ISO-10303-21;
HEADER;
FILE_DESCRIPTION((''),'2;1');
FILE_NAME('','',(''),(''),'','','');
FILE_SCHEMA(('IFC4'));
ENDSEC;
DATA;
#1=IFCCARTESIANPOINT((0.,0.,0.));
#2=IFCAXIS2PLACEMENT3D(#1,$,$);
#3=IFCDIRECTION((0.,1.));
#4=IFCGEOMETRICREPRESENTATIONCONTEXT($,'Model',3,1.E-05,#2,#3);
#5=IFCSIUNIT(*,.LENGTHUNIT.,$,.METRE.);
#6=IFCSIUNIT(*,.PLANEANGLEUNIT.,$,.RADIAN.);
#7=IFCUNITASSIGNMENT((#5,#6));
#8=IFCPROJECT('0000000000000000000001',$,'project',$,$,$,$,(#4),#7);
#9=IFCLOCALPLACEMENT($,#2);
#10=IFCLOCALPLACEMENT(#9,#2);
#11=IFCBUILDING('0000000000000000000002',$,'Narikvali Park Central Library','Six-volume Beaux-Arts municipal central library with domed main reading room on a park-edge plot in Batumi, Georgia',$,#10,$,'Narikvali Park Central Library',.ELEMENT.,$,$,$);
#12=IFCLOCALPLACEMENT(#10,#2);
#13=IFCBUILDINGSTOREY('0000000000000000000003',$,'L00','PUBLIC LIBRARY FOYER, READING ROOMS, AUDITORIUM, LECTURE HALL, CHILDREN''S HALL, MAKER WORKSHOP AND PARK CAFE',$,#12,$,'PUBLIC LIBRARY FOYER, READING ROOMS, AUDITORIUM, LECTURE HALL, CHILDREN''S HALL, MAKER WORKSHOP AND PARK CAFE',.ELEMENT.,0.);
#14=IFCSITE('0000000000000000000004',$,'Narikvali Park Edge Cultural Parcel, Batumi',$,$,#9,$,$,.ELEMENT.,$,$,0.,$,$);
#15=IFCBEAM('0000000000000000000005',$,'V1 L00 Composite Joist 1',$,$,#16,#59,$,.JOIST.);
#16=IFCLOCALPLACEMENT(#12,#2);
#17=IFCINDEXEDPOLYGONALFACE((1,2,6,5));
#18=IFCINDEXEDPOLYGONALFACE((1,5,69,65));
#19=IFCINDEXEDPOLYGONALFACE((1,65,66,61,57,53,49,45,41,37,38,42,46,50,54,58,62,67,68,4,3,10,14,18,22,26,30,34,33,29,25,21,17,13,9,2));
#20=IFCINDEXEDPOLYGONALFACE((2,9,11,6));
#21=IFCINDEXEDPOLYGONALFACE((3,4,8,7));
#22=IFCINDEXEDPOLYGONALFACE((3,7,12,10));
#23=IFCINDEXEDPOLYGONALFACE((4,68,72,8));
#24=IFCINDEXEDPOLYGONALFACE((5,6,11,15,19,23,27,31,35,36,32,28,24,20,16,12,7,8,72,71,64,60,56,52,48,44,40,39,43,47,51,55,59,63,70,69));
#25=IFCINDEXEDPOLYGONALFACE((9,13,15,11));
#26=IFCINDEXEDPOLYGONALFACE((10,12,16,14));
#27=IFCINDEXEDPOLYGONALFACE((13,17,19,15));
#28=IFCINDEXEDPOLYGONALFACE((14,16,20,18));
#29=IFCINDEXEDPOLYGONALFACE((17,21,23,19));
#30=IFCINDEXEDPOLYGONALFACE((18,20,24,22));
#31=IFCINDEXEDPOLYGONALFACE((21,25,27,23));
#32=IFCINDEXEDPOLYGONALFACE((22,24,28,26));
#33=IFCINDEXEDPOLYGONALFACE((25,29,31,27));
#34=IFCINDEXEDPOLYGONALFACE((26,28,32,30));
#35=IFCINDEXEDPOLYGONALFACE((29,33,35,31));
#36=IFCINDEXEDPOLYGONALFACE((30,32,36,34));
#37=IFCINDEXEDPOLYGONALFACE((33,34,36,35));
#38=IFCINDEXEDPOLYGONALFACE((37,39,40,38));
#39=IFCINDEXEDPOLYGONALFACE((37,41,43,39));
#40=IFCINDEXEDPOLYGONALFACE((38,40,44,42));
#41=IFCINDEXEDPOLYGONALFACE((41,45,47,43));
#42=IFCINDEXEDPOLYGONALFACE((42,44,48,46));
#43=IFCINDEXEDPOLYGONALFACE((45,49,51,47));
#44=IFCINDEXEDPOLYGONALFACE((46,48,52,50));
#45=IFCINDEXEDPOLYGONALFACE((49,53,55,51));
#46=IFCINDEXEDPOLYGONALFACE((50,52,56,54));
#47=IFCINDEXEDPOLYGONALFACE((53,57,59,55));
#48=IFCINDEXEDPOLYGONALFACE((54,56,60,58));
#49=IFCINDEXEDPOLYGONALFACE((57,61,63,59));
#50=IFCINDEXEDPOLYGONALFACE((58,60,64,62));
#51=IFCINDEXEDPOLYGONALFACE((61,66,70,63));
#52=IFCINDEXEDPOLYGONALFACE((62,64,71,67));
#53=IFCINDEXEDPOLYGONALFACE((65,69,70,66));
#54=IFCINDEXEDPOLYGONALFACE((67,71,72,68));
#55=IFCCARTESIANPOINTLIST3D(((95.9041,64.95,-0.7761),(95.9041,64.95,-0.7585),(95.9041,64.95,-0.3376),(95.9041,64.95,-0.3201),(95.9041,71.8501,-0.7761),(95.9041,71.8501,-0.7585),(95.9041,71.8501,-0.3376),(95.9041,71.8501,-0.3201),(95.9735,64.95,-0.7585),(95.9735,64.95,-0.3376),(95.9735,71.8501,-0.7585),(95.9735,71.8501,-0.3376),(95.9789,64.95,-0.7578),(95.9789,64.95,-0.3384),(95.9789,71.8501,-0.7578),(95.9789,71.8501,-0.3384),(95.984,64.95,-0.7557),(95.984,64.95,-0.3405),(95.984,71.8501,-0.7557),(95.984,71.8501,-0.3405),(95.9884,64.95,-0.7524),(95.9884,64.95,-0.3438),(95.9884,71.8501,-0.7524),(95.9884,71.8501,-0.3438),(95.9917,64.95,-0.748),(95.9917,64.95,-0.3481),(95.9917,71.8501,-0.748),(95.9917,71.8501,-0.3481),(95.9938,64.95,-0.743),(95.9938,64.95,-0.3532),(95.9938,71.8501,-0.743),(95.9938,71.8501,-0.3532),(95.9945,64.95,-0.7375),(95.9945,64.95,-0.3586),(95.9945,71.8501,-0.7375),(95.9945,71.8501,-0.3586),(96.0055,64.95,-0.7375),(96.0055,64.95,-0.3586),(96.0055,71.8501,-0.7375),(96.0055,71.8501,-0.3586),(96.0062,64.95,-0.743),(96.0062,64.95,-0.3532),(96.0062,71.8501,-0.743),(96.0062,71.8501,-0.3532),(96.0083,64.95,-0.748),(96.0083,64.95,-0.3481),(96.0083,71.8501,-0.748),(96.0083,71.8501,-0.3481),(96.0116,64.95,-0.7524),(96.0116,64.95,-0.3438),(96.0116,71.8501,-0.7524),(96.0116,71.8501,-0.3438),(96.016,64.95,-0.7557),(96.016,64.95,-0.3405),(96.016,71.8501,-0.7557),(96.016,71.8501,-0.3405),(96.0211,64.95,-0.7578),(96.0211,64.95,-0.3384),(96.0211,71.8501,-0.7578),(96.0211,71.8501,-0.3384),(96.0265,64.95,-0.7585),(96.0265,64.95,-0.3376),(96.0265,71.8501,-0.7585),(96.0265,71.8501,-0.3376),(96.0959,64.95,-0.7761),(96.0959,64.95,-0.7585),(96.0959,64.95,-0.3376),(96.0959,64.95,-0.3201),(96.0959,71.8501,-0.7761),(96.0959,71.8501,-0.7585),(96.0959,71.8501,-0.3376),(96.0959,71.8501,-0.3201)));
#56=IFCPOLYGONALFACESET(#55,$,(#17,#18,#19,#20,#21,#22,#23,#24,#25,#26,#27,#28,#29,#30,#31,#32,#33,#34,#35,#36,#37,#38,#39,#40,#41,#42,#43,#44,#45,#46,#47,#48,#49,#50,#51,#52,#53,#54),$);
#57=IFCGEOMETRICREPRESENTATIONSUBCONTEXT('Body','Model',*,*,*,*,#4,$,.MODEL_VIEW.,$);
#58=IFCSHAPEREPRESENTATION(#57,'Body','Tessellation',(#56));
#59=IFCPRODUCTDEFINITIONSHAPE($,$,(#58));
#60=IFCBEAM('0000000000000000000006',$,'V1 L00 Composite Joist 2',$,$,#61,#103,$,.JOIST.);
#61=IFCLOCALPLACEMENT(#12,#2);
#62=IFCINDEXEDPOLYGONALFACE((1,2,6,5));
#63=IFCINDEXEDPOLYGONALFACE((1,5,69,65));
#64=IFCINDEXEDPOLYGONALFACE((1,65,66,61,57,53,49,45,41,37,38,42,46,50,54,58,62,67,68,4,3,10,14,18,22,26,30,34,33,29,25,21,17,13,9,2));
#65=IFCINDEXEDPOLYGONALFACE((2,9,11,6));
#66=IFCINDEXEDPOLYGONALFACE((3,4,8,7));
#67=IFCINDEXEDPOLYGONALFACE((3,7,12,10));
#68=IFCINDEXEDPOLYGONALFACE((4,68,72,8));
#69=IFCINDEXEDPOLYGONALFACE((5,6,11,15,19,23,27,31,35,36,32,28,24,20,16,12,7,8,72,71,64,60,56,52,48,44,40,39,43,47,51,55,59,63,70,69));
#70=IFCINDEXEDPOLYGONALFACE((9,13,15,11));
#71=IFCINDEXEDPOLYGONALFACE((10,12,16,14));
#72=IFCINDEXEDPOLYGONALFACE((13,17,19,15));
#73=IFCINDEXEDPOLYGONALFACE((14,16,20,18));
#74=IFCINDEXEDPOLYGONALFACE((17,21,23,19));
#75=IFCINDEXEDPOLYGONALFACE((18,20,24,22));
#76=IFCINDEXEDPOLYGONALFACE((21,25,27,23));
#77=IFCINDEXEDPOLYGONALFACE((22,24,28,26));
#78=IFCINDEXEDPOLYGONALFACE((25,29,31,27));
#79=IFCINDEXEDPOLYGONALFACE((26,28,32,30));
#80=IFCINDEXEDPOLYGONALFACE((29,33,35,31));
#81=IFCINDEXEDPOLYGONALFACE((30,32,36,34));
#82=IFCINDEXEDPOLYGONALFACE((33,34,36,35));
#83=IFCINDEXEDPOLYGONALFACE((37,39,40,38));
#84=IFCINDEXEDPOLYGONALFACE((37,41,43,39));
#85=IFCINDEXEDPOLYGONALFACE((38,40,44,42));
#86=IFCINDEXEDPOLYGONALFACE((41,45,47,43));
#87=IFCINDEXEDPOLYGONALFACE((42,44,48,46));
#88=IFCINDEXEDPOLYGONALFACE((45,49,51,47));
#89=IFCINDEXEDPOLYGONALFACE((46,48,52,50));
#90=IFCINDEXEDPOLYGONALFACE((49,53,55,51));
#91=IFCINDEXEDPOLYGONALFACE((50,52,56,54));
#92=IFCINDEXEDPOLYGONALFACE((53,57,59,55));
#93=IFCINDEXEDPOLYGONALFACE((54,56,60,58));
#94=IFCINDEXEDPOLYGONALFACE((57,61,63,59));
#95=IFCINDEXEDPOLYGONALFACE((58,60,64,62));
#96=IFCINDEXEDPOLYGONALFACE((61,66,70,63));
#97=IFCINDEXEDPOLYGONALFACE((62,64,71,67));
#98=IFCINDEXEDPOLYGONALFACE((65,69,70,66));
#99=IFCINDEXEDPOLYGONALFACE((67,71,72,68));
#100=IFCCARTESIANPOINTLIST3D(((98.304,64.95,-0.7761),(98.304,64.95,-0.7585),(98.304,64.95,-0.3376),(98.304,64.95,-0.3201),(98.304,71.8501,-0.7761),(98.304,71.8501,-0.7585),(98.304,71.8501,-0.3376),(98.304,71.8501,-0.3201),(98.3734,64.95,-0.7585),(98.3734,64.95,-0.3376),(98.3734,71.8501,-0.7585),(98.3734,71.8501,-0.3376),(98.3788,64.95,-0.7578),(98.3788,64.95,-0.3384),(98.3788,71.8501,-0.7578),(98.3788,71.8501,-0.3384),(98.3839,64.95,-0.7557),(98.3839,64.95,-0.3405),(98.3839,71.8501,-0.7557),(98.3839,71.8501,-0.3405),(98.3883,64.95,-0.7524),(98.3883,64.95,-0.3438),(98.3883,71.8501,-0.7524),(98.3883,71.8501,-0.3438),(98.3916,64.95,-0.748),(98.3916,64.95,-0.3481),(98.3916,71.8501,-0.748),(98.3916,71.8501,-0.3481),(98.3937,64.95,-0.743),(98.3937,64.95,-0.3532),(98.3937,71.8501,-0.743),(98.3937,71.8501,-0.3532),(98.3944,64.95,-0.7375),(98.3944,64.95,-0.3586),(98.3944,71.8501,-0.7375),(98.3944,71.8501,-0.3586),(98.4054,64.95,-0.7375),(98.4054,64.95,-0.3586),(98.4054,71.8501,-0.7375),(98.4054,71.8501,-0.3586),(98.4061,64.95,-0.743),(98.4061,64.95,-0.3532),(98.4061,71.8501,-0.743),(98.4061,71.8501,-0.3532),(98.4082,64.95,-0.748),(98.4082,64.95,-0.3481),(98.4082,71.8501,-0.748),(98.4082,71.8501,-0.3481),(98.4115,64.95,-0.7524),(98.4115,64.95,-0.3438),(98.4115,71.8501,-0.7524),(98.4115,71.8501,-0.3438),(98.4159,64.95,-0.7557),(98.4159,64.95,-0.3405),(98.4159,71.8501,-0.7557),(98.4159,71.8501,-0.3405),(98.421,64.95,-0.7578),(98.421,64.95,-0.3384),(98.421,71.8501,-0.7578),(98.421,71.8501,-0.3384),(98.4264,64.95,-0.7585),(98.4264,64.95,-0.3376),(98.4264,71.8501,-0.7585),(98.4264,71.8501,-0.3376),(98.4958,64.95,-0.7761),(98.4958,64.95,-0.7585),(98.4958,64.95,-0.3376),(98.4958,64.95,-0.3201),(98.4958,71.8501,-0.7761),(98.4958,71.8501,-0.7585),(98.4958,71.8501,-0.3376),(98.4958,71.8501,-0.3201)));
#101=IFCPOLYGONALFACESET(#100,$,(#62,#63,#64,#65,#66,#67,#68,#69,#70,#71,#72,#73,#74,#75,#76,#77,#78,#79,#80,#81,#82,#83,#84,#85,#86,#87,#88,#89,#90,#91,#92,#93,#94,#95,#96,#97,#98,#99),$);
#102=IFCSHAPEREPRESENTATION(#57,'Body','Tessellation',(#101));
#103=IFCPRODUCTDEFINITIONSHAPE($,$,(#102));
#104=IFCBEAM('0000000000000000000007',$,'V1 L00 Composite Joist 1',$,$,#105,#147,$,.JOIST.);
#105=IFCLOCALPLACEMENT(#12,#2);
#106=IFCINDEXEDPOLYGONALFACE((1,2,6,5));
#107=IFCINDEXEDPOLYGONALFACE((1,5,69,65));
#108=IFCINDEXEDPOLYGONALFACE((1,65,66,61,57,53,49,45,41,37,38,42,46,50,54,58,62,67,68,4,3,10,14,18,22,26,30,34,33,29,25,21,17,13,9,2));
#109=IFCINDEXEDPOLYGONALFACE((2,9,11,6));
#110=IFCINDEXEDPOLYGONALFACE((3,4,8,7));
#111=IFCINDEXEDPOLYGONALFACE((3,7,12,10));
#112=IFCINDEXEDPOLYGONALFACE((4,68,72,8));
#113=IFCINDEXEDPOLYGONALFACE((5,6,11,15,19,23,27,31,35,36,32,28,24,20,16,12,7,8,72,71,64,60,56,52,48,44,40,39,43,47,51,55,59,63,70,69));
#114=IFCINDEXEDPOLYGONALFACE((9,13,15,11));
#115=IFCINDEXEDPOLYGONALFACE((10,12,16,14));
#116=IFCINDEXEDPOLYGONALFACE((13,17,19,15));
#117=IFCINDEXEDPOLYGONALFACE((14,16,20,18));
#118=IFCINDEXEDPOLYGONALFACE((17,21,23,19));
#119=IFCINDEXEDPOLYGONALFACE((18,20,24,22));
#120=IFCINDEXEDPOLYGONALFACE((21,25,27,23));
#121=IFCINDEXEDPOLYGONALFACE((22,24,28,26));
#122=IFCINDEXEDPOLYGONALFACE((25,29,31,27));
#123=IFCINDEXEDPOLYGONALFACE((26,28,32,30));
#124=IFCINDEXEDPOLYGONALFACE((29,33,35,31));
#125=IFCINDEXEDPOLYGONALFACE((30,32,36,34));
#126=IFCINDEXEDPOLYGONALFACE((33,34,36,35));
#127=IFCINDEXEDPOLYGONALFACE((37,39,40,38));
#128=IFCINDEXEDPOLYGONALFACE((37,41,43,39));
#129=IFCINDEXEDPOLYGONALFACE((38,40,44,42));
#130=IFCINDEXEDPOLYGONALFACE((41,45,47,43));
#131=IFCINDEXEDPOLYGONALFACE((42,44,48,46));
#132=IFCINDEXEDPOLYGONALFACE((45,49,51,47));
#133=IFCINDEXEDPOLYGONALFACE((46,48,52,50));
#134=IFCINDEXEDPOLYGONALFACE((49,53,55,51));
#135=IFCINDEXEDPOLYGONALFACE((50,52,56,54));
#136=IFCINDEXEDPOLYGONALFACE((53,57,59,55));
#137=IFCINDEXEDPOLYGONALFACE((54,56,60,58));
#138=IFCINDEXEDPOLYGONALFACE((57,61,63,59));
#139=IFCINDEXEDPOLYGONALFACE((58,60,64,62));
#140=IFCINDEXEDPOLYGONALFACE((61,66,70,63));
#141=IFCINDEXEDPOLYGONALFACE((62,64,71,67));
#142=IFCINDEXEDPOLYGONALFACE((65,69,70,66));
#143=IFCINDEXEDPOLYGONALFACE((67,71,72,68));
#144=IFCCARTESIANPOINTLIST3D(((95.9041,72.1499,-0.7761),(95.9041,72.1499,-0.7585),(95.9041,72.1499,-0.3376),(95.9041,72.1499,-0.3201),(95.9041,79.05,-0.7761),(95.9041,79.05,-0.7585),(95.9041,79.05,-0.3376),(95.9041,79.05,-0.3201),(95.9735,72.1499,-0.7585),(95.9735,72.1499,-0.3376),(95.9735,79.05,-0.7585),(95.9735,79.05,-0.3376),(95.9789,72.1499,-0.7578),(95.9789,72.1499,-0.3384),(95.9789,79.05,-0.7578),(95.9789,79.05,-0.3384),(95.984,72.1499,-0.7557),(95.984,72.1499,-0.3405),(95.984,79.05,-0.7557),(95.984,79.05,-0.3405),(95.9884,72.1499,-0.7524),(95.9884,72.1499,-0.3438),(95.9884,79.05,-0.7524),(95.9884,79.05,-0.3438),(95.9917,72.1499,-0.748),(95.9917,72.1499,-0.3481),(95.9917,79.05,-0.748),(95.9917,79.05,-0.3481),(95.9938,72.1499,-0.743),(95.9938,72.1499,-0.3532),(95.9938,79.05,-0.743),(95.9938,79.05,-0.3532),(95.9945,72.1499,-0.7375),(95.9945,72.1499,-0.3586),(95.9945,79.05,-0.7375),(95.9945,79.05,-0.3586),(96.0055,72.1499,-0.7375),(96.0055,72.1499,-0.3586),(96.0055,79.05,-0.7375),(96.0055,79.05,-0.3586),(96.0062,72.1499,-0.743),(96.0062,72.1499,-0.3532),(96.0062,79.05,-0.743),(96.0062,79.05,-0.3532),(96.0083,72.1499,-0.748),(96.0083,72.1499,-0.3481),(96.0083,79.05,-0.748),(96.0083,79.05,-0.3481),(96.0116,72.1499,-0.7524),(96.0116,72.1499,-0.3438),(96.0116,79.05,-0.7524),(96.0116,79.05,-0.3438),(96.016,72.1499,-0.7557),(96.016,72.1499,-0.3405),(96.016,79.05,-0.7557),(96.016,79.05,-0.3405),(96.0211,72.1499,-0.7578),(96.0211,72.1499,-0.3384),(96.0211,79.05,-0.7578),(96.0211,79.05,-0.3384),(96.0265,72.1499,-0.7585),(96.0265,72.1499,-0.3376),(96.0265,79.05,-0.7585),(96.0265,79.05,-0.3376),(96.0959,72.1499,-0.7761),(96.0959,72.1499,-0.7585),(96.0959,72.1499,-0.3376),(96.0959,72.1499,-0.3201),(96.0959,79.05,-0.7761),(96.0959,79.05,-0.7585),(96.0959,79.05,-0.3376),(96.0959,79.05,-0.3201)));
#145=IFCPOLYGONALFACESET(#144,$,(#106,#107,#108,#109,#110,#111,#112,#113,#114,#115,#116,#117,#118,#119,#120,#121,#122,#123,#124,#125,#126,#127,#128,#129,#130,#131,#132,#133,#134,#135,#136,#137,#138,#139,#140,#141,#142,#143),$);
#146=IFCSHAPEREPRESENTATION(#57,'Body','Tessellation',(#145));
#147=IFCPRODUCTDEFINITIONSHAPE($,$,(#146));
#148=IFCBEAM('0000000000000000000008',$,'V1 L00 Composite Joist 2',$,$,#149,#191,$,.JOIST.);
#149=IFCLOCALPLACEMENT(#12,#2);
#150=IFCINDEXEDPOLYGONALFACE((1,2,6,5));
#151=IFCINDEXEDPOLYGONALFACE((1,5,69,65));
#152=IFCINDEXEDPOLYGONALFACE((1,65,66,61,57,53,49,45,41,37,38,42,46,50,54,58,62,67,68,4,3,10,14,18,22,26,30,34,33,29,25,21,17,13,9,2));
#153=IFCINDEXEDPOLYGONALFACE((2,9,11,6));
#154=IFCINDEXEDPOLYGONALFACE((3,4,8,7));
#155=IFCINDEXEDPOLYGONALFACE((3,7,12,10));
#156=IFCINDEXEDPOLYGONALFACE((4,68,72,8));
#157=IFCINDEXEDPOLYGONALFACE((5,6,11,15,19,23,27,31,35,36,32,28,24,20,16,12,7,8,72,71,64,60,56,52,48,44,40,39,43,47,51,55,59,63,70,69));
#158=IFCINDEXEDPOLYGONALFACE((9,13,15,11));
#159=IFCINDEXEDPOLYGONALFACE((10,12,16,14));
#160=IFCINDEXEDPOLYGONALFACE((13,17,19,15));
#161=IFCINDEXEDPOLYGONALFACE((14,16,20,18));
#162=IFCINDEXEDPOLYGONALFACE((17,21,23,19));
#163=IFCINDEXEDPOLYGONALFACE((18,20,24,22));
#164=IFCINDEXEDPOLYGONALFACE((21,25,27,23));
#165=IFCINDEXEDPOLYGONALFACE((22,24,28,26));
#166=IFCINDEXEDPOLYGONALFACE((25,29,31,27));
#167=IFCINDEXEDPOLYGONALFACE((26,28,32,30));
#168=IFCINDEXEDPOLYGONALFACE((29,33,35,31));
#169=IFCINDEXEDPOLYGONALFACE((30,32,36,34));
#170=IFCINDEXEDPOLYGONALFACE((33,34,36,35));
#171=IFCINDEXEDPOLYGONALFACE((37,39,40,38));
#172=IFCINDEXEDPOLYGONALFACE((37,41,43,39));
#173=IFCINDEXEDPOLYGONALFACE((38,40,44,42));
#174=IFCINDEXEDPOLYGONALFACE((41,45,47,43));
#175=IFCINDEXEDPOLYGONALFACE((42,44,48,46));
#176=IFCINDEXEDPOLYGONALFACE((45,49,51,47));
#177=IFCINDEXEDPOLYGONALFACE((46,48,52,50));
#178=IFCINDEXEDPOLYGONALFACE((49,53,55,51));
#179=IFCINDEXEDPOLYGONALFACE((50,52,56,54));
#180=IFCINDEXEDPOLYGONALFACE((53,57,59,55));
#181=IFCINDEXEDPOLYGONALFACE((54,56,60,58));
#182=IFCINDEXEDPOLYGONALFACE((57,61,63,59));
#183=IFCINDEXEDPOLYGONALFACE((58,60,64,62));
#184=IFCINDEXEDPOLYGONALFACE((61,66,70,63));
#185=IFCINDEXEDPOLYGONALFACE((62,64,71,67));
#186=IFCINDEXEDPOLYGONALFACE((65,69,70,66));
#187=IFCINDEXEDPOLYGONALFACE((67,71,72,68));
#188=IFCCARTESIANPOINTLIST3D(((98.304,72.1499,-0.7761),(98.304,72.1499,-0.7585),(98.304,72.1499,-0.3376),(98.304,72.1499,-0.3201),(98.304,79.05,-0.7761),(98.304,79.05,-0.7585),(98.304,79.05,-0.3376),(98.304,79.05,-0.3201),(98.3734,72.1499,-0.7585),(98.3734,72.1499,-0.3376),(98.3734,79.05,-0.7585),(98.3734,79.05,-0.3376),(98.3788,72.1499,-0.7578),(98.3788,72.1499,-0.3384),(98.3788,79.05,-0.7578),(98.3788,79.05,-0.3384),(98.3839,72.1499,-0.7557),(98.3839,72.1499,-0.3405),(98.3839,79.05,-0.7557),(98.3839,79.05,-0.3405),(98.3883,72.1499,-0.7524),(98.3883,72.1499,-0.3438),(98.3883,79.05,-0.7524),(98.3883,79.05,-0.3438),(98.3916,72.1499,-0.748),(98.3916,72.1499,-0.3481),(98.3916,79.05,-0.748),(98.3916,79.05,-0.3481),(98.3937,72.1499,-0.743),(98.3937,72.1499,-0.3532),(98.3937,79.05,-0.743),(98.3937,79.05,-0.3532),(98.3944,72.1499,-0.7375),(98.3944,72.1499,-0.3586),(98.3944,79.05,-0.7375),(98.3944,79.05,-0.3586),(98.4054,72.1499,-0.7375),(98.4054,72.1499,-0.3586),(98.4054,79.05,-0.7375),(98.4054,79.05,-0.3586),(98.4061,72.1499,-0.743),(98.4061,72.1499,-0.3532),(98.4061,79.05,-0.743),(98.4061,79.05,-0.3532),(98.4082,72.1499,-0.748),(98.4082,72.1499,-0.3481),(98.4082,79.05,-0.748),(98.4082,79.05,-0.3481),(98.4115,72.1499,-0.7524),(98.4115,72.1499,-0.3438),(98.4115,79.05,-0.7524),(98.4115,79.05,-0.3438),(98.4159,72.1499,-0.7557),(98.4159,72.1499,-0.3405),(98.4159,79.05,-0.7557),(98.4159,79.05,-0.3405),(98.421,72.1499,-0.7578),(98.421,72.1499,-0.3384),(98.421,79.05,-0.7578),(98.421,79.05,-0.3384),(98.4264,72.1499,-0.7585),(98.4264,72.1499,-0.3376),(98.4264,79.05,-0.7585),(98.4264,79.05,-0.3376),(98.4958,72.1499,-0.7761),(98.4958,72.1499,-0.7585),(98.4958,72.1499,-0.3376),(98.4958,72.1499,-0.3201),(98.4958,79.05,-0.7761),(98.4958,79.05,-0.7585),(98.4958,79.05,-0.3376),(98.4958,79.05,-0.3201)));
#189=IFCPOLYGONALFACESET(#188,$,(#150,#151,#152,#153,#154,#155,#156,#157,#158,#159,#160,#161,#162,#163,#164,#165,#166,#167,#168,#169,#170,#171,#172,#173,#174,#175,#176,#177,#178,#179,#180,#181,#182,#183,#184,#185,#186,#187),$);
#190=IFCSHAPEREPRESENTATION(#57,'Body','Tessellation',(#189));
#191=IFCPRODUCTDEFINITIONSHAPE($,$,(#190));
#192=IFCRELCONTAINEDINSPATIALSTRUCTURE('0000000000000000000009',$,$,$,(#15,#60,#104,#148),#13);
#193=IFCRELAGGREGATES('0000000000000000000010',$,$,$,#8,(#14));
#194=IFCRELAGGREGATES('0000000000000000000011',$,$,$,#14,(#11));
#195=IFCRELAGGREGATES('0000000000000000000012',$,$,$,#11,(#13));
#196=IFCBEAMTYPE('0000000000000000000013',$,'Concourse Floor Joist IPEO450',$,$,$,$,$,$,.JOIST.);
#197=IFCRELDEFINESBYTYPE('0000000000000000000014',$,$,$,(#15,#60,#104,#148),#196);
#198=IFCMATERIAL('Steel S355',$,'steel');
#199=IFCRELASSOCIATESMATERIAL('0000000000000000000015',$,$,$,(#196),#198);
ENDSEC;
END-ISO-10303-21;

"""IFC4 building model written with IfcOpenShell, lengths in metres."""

from ifc_helpers import new_model, si_unit, direction, frame, origin, origin_2d, place, context, subcontext, project, spatial, i_section, extrude, material, material_profile, profile_set, type_object, element, save


model = new_model("IFC4")

# Units and contexts
model_context = context("Model", 3, precision=1e-05, world=origin(), true_north=direction((0.0, 1.0)))
body_context = subcontext(model_context, "Body", "Model", "MODEL_VIEW")
ifc_project = project(units=[si_unit("LENGTHUNIT", "METRE"), si_unit("PLANEANGLEUNIT", "RADIAN")], contexts=[model_context])

# Site, building, storey
site_placement = place(None, origin())
site = spatial("IfcSite", under=ifc_project, at=site_placement, Name="Narikvali Park Edge Cultural Parcel, Batumi", CompositionType="ELEMENT", RefElevation=0.0)
building_placement = place(site_placement, origin())
building = spatial("IfcBuilding", under=site, at=building_placement, Name="Narikvali Park Central Library", Description="Six-volume Beaux-Arts municipal central library with domed main reading room on a park-edge plot in Batumi, Georgia", LongName="Narikvali Park Central Library", CompositionType="ELEMENT")
storey_placement = place(building_placement, origin())
storey = spatial("IfcBuildingStorey", under=building, at=storey_placement, Name="L00", Description="PUBLIC LIBRARY FOYER, READING ROOMS, AUDITORIUM, LECTURE HALL, CHILDREN'S HALL, MAKER WORKSHOP AND PARK CAFE", LongName="PUBLIC LIBRARY FOYER, READING ROOMS, AUDITORIUM, LECTURE HALL, CHILDREN'S HALL, MAKER WORKSHOP AND PARK CAFE", CompositionType="ELEMENT", Elevation=0.0)

# Shared definitions
ifc_material_1 = material(Name="Steel S355", Category="steel")

# Beams
ifc_material_profile_1 = material_profile(ifc_material_1, i_section(OverallWidth=0.1919, OverallDepth=0.4561, WebThickness=0.011, FlangeThickness=0.0176, FilletRadius=0.021, at=origin_2d()), Name="IPEO 450")
ifc_profile_set_1 = profile_set([ifc_material_profile_1], Name="Steel S355")
beam_type_1 = type_object("IfcBeamType", Name="Concourse Floor Joist IPEO450", PredefinedType="JOIST", material=ifc_profile_set_1)
for number, where, z_axis, x_axis, name in (
    (1, (96.0, 64.95, -0.5481), (0.0, 1.0, 0.0), (-1.0, 0.0, 0.0), "V1 L00 Composite Joist 1"),
    (2, (98.3999, 64.95, -0.5481), (0.0, 1.0, 0.0), (-1.0, 0.0, 0.0), "V1 L00 Composite Joist 2"),
    (3, (96.0, 72.1499, -0.5481), (0.0, 1.0, 0.0), (-1.0, 0.0, 0.0), "V1 L00 Composite Joist 1"),
    (4, (98.3999, 72.1499, -0.5481), (0.0, 1.0, 0.0), (-1.0, 0.0, 0.0), "V1 L00 Composite Joist 2"),
):
    element("IfcBeam", number, at=place(storey_placement, frame(where, z_axis=z_axis, x_axis=x_axis)), inside=storey, type_object=beam_type_1, Name=name, PredefinedType="JOIST", context=body_context, shape_type="SweptSolid", body=[
        extrude(i_section(OverallWidth=0.1919, OverallDepth=0.4561, WebThickness=0.011, FlangeThickness=0.0176, FilletRadius=0.021, at=origin_2d()), origin(), (0.0, 0.0, 1.0), 6.9001),
    ])

save(model, "model.ifc")
